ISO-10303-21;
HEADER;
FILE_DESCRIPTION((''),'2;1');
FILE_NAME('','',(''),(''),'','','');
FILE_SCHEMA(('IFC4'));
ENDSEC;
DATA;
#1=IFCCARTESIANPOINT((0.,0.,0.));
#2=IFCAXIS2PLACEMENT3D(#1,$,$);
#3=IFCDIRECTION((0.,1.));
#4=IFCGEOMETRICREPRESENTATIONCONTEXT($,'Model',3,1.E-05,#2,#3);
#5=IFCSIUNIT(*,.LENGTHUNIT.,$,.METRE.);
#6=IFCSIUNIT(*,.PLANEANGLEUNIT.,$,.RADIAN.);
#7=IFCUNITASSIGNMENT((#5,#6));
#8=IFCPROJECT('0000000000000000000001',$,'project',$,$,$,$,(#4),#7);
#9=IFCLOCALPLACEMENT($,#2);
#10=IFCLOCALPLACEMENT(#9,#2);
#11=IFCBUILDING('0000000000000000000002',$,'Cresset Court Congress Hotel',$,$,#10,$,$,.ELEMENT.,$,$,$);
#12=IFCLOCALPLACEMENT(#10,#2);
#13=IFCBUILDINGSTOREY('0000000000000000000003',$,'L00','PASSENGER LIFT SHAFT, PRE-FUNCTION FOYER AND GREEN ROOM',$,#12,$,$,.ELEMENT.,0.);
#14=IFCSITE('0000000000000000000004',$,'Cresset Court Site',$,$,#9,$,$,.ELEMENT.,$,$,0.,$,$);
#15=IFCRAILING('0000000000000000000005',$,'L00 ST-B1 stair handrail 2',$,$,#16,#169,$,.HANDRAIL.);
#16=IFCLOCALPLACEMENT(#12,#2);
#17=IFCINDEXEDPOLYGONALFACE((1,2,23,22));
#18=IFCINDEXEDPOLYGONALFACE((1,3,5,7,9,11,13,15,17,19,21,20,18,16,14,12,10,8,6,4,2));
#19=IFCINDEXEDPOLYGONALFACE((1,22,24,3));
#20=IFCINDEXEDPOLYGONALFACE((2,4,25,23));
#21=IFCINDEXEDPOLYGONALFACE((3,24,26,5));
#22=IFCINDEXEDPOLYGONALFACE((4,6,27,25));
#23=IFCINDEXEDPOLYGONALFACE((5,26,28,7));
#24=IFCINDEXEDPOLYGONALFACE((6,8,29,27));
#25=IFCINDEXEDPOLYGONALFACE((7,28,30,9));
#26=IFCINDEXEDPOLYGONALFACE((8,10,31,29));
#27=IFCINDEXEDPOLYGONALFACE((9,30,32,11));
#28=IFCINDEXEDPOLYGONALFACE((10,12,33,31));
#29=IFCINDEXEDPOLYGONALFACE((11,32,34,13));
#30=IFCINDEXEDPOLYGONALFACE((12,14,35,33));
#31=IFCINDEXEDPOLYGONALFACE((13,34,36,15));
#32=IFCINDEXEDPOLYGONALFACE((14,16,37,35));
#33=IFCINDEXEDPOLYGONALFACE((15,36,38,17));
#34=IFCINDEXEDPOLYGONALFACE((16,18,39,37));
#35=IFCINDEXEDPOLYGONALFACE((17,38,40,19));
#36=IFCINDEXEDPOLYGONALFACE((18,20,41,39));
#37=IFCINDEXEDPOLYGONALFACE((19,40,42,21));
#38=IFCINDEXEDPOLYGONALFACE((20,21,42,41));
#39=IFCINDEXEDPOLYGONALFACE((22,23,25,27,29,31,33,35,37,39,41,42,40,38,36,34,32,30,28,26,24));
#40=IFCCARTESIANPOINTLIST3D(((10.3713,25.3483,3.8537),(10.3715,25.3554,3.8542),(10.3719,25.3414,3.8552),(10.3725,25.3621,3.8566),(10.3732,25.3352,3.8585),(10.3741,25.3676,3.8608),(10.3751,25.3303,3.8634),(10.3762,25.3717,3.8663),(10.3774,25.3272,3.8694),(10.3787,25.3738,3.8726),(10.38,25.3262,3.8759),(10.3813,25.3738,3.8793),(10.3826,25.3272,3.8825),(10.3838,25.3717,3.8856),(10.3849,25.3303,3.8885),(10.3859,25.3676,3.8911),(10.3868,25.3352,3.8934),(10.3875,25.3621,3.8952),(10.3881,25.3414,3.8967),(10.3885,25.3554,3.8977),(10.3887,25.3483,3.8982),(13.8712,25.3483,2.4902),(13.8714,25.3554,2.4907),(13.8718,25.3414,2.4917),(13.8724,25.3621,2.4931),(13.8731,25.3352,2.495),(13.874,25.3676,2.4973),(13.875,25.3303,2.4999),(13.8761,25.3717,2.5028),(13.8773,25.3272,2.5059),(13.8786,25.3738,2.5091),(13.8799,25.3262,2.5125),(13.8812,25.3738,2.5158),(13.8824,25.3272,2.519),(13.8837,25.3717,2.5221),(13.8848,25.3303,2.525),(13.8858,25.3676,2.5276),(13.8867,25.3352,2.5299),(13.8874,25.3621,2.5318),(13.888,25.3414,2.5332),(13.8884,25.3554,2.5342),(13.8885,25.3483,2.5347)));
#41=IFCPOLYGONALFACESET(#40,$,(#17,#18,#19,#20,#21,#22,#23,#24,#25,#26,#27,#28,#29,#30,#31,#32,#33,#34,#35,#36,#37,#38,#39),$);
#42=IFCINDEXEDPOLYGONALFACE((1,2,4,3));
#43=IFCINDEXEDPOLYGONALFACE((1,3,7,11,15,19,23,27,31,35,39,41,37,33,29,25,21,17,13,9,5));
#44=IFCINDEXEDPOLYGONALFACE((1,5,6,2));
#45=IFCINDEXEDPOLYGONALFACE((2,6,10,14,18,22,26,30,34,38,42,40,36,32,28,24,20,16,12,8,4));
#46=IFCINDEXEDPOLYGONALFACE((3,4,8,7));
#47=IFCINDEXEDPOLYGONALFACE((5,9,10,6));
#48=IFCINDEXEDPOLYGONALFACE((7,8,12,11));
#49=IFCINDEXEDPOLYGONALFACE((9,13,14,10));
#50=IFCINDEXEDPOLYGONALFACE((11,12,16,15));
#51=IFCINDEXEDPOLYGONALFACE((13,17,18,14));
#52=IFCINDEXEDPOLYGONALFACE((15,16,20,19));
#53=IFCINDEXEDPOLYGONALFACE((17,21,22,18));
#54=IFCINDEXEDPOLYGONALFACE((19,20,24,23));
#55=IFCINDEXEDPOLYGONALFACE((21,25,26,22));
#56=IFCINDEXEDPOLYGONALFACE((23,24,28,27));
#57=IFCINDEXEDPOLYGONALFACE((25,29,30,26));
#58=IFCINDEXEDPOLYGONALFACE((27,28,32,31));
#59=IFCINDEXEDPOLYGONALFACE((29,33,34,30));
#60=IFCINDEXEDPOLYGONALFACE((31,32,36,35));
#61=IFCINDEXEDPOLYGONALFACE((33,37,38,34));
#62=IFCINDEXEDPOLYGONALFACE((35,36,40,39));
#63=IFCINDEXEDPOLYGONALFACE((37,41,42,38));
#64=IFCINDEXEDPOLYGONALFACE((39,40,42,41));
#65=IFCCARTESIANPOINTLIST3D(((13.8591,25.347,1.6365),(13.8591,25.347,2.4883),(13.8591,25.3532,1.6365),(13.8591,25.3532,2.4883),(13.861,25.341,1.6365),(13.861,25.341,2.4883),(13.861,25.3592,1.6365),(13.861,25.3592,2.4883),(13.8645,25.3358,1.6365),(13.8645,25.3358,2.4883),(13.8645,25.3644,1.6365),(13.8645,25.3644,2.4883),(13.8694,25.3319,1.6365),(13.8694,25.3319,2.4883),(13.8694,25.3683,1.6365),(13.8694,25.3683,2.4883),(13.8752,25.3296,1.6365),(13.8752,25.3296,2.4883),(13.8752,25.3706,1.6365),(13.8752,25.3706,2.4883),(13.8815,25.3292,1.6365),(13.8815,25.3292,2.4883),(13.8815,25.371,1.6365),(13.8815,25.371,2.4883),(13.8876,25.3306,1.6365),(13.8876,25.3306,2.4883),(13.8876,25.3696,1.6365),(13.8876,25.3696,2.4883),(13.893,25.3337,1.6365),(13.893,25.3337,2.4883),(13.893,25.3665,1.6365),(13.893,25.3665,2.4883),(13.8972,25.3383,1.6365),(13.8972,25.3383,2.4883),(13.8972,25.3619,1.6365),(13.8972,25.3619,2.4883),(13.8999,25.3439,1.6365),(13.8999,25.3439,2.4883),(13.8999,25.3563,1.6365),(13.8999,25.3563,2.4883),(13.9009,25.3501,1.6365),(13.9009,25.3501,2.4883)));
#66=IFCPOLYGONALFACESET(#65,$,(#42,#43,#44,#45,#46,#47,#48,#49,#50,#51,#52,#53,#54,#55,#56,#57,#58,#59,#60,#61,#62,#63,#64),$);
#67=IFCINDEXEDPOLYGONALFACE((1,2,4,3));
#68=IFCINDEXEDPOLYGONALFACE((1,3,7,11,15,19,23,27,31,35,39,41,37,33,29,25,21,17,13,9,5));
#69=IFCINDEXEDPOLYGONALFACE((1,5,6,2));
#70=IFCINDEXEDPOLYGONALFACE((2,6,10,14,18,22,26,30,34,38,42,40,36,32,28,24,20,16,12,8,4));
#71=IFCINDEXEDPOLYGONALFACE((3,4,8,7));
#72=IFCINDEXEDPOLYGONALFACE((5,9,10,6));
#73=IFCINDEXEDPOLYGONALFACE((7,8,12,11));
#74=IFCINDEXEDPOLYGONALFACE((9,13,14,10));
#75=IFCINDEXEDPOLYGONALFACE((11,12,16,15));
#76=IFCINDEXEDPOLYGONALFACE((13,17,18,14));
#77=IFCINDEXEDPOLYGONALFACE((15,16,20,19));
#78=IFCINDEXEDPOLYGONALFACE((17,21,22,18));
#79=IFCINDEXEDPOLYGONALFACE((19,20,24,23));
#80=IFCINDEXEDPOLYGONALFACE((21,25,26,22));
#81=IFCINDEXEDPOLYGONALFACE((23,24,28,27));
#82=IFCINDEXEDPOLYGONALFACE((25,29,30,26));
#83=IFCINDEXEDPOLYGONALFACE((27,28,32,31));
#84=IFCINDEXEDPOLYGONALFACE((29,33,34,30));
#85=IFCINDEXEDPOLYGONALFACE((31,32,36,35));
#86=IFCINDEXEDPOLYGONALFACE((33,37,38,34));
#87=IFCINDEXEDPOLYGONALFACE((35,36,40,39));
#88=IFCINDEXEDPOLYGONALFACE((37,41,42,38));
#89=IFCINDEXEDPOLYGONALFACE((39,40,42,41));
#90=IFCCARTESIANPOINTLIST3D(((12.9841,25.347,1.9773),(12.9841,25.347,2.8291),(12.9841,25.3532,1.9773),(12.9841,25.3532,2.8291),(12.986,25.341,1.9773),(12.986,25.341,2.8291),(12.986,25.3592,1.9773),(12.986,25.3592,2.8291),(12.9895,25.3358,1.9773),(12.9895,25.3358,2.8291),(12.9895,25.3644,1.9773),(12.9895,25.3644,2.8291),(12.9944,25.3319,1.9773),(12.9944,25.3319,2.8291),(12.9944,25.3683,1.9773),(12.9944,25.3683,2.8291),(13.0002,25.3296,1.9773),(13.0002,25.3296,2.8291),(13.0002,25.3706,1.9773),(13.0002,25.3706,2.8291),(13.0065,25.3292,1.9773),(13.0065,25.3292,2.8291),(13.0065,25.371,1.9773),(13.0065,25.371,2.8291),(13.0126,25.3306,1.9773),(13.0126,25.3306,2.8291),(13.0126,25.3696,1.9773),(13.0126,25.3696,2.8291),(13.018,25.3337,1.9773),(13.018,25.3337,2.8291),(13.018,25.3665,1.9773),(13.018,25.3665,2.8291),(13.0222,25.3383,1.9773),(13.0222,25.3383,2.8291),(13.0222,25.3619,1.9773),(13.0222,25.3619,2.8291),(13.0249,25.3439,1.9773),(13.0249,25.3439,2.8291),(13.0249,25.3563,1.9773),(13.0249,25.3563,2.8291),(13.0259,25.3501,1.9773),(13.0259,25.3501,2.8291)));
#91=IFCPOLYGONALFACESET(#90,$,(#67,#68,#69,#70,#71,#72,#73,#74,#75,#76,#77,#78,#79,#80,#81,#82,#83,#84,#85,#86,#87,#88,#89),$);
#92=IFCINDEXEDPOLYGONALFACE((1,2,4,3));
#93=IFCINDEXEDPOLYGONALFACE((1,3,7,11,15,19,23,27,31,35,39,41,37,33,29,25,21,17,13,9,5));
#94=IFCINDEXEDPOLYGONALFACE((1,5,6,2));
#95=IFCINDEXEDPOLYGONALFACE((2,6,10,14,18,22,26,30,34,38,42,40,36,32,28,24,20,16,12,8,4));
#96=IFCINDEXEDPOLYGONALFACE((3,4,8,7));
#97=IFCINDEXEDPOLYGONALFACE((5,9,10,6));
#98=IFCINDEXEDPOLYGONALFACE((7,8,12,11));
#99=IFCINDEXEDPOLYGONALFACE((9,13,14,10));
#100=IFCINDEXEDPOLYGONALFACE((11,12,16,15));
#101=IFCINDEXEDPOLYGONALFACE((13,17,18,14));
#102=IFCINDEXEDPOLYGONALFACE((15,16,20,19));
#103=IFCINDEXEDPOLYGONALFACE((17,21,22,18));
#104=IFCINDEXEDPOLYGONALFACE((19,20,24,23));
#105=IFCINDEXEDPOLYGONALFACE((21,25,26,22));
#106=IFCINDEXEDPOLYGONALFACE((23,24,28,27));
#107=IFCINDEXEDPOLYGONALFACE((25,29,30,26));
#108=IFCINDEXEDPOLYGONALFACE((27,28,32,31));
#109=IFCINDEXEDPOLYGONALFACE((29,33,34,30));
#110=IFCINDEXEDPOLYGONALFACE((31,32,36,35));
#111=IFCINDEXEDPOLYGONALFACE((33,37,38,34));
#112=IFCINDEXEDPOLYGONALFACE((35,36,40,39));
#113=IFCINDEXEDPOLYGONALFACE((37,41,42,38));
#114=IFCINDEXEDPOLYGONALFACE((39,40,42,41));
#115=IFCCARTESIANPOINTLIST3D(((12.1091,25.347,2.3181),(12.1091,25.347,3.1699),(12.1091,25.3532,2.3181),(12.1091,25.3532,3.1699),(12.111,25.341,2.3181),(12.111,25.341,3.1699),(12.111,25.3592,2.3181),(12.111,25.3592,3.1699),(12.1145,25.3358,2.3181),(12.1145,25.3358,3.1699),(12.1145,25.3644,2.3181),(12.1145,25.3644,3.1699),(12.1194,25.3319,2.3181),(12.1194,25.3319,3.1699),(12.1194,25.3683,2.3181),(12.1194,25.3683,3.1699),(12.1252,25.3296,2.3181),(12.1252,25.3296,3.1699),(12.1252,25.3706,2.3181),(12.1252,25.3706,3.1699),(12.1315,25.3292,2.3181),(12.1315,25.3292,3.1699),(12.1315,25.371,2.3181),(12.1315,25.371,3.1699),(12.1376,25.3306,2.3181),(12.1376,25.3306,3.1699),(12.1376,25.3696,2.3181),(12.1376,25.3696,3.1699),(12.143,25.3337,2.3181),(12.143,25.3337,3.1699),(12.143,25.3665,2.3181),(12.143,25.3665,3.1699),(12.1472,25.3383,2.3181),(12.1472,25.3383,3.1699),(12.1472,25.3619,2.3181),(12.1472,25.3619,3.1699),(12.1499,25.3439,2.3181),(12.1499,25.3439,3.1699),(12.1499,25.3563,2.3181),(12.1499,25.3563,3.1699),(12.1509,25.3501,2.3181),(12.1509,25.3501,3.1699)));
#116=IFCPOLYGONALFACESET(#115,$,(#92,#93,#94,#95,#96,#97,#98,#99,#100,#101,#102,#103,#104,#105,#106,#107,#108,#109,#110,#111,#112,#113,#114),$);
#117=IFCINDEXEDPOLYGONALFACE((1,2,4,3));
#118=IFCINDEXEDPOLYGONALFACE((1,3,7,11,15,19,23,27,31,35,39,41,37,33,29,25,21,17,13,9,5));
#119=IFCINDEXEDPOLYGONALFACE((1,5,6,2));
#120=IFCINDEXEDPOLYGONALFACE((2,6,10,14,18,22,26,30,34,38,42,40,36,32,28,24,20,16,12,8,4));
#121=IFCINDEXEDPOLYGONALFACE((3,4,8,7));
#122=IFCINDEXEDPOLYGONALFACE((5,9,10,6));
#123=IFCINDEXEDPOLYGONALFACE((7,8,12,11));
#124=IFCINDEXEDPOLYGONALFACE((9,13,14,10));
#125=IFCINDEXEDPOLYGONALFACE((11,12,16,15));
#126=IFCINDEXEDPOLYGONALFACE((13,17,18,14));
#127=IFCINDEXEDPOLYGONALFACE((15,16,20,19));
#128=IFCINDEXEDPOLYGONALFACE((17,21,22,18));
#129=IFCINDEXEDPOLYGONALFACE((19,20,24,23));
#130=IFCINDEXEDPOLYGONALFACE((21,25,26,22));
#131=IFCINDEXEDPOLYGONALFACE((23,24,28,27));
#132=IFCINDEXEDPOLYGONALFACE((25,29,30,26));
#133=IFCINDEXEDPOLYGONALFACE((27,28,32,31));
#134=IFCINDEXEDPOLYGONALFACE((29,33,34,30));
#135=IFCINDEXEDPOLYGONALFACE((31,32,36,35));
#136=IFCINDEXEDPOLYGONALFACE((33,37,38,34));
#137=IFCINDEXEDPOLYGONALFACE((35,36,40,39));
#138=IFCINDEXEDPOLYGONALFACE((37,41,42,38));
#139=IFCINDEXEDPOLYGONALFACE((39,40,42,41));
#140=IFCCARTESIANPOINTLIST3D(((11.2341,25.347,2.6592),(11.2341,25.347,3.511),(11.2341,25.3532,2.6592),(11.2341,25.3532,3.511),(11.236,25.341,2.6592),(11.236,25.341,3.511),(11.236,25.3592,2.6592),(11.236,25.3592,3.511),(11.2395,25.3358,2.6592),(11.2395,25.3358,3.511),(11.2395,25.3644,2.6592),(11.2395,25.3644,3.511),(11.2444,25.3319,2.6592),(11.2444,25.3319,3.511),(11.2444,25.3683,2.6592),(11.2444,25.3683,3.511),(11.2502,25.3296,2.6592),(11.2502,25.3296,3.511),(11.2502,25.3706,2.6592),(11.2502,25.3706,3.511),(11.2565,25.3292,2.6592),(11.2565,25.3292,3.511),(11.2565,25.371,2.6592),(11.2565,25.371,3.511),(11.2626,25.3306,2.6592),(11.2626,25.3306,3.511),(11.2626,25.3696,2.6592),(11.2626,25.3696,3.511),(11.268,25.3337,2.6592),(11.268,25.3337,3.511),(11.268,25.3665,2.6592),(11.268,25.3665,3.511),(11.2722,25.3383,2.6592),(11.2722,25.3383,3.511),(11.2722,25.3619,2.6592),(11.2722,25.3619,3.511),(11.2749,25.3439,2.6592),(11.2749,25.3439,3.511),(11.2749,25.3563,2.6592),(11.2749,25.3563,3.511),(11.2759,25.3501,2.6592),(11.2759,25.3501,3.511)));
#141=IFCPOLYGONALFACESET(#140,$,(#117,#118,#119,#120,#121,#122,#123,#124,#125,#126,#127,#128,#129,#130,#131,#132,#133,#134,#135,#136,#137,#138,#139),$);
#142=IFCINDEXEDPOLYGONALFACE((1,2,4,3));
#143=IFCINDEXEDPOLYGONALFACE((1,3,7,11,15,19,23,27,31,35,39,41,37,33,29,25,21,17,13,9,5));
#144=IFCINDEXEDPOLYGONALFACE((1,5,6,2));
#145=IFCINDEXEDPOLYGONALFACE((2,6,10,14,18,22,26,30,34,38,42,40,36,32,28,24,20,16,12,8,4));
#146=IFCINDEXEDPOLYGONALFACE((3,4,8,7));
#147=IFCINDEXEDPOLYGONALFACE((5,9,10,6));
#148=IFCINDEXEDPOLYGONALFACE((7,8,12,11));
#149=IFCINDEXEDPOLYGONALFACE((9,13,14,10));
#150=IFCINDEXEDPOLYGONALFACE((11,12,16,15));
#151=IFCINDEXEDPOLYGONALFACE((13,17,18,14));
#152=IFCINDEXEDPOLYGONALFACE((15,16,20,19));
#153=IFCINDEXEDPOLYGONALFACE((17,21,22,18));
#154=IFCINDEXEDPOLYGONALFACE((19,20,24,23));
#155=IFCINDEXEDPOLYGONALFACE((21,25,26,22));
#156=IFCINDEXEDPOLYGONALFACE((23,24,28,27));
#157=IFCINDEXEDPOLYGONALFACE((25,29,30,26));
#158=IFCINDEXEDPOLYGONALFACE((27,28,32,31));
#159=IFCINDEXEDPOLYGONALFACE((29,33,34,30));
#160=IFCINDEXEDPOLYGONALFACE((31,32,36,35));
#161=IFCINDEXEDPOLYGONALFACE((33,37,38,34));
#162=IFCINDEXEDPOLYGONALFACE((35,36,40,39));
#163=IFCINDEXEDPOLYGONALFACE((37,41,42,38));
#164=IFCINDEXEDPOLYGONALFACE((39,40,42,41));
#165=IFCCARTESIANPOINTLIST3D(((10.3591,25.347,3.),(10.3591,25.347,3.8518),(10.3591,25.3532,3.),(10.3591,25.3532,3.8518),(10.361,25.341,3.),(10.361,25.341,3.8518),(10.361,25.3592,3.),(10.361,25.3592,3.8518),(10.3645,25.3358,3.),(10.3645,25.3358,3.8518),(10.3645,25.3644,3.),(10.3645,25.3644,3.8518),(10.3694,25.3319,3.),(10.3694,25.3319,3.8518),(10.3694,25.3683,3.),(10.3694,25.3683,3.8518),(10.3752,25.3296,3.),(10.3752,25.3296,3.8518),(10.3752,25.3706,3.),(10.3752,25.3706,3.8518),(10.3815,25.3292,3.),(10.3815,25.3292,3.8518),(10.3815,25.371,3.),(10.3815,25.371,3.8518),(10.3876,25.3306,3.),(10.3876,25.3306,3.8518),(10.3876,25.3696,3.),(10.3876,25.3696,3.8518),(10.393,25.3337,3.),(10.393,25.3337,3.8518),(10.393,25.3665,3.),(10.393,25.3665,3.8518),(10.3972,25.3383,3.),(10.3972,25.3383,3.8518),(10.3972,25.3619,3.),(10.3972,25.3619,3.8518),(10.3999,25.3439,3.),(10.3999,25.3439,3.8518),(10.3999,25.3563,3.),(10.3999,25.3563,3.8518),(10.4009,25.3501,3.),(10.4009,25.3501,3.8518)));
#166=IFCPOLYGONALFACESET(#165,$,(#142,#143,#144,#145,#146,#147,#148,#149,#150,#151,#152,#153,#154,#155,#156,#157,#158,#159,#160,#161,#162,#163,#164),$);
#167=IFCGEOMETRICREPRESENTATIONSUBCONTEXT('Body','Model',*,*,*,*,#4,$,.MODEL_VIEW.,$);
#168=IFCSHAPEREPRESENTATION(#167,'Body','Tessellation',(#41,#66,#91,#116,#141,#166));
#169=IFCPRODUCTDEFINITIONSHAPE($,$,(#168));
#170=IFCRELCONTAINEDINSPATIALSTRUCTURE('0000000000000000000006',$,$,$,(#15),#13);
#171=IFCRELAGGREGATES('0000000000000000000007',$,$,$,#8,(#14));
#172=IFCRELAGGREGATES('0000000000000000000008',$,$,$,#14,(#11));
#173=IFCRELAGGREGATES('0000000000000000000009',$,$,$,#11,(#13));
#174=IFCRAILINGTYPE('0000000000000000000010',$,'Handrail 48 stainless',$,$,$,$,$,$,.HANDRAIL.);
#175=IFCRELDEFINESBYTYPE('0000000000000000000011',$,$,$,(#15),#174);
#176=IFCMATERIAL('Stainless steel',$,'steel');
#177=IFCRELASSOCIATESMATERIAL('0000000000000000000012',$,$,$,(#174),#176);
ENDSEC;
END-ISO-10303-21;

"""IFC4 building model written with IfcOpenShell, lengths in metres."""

from ifc_helpers import new_model, si_unit, direction, frame, origin, origin_2d, place, context, subcontext, project, spatial, circle, extrude, material, type_object, element, save


model = new_model("IFC4")

# Units and contexts
model_context = context("Model", 3, precision=1e-05, world=origin(), true_north=direction((0.0, 1.0)))
body_context = subcontext(model_context, "Body", "Model", "MODEL_VIEW")
ifc_project = project(units=[si_unit("LENGTHUNIT", "METRE"), si_unit("PLANEANGLEUNIT", "RADIAN")], contexts=[model_context])

# Site, building, storey
site_placement = place(None, origin())
site = spatial("IfcSite", under=ifc_project, at=site_placement, Name="Cresset Court Site", CompositionType="ELEMENT", RefElevation=0.0)
building_placement = place(site_placement, origin())
building = spatial("IfcBuilding", under=site, at=building_placement, Name="Cresset Court Congress Hotel", CompositionType="ELEMENT")
storey_placement = place(building_placement, origin())
storey = spatial("IfcBuildingStorey", under=building, at=storey_placement, Name="L00", Description="PASSENGER LIFT SHAFT, PRE-FUNCTION FOYER AND GREEN ROOM", CompositionType="ELEMENT", Elevation=0.0)

# Railing
ifc_material_1 = material(Name="Stainless steel", Category="steel")
railing_type_1 = type_object("IfcRailingType", Name="Handrail 48 stainless", PredefinedType="HANDRAIL", material=ifc_material_1)
railing_1_placement = place(storey_placement, frame((13.8799, 25.3501, 1.6365)))
element("IfcRailing", 1, at=railing_1_placement, inside=storey, type_object=railing_type_1, Name="L00 ST-B1 stair handrail 2", PredefinedType="HANDRAIL", context=body_context, shape_type="SweptSolid", body=[
    extrude(circle(Radius=0.0239, at=origin_2d()), frame((0.0, 0.0, 0.876), z_axis=(-0.931787, 0.0, 0.363005), x_axis=(0.0, -1.0, 0.0)), (0.0, 0.0, 1.0), 3.7561),
    extrude(circle(Radius=0.021, at=origin_2d()), origin(), (0.0, 0.0, 1.0), 0.8518),
    extrude(circle(Radius=0.021, at=origin_2d()), frame((-0.875, 0.0, 0.3408)), (0.0, 0.0, 1.0), 0.8518),
    extrude(circle(Radius=0.021, at=origin_2d()), frame((-1.75, 0.0, 0.6816)), (0.0, 0.0, 1.0), 0.8518),
    extrude(circle(Radius=0.021, at=origin_2d()), frame((-2.625, 0.0, 1.0227)), (0.0, 0.0, 1.0), 0.8518),
    extrude(circle(Radius=0.021, at=origin_2d()), frame((-3.5, 0.0, 1.3635)), (0.0, 0.0, 1.0), 0.8518),
])

save(model, "model.ifc")
